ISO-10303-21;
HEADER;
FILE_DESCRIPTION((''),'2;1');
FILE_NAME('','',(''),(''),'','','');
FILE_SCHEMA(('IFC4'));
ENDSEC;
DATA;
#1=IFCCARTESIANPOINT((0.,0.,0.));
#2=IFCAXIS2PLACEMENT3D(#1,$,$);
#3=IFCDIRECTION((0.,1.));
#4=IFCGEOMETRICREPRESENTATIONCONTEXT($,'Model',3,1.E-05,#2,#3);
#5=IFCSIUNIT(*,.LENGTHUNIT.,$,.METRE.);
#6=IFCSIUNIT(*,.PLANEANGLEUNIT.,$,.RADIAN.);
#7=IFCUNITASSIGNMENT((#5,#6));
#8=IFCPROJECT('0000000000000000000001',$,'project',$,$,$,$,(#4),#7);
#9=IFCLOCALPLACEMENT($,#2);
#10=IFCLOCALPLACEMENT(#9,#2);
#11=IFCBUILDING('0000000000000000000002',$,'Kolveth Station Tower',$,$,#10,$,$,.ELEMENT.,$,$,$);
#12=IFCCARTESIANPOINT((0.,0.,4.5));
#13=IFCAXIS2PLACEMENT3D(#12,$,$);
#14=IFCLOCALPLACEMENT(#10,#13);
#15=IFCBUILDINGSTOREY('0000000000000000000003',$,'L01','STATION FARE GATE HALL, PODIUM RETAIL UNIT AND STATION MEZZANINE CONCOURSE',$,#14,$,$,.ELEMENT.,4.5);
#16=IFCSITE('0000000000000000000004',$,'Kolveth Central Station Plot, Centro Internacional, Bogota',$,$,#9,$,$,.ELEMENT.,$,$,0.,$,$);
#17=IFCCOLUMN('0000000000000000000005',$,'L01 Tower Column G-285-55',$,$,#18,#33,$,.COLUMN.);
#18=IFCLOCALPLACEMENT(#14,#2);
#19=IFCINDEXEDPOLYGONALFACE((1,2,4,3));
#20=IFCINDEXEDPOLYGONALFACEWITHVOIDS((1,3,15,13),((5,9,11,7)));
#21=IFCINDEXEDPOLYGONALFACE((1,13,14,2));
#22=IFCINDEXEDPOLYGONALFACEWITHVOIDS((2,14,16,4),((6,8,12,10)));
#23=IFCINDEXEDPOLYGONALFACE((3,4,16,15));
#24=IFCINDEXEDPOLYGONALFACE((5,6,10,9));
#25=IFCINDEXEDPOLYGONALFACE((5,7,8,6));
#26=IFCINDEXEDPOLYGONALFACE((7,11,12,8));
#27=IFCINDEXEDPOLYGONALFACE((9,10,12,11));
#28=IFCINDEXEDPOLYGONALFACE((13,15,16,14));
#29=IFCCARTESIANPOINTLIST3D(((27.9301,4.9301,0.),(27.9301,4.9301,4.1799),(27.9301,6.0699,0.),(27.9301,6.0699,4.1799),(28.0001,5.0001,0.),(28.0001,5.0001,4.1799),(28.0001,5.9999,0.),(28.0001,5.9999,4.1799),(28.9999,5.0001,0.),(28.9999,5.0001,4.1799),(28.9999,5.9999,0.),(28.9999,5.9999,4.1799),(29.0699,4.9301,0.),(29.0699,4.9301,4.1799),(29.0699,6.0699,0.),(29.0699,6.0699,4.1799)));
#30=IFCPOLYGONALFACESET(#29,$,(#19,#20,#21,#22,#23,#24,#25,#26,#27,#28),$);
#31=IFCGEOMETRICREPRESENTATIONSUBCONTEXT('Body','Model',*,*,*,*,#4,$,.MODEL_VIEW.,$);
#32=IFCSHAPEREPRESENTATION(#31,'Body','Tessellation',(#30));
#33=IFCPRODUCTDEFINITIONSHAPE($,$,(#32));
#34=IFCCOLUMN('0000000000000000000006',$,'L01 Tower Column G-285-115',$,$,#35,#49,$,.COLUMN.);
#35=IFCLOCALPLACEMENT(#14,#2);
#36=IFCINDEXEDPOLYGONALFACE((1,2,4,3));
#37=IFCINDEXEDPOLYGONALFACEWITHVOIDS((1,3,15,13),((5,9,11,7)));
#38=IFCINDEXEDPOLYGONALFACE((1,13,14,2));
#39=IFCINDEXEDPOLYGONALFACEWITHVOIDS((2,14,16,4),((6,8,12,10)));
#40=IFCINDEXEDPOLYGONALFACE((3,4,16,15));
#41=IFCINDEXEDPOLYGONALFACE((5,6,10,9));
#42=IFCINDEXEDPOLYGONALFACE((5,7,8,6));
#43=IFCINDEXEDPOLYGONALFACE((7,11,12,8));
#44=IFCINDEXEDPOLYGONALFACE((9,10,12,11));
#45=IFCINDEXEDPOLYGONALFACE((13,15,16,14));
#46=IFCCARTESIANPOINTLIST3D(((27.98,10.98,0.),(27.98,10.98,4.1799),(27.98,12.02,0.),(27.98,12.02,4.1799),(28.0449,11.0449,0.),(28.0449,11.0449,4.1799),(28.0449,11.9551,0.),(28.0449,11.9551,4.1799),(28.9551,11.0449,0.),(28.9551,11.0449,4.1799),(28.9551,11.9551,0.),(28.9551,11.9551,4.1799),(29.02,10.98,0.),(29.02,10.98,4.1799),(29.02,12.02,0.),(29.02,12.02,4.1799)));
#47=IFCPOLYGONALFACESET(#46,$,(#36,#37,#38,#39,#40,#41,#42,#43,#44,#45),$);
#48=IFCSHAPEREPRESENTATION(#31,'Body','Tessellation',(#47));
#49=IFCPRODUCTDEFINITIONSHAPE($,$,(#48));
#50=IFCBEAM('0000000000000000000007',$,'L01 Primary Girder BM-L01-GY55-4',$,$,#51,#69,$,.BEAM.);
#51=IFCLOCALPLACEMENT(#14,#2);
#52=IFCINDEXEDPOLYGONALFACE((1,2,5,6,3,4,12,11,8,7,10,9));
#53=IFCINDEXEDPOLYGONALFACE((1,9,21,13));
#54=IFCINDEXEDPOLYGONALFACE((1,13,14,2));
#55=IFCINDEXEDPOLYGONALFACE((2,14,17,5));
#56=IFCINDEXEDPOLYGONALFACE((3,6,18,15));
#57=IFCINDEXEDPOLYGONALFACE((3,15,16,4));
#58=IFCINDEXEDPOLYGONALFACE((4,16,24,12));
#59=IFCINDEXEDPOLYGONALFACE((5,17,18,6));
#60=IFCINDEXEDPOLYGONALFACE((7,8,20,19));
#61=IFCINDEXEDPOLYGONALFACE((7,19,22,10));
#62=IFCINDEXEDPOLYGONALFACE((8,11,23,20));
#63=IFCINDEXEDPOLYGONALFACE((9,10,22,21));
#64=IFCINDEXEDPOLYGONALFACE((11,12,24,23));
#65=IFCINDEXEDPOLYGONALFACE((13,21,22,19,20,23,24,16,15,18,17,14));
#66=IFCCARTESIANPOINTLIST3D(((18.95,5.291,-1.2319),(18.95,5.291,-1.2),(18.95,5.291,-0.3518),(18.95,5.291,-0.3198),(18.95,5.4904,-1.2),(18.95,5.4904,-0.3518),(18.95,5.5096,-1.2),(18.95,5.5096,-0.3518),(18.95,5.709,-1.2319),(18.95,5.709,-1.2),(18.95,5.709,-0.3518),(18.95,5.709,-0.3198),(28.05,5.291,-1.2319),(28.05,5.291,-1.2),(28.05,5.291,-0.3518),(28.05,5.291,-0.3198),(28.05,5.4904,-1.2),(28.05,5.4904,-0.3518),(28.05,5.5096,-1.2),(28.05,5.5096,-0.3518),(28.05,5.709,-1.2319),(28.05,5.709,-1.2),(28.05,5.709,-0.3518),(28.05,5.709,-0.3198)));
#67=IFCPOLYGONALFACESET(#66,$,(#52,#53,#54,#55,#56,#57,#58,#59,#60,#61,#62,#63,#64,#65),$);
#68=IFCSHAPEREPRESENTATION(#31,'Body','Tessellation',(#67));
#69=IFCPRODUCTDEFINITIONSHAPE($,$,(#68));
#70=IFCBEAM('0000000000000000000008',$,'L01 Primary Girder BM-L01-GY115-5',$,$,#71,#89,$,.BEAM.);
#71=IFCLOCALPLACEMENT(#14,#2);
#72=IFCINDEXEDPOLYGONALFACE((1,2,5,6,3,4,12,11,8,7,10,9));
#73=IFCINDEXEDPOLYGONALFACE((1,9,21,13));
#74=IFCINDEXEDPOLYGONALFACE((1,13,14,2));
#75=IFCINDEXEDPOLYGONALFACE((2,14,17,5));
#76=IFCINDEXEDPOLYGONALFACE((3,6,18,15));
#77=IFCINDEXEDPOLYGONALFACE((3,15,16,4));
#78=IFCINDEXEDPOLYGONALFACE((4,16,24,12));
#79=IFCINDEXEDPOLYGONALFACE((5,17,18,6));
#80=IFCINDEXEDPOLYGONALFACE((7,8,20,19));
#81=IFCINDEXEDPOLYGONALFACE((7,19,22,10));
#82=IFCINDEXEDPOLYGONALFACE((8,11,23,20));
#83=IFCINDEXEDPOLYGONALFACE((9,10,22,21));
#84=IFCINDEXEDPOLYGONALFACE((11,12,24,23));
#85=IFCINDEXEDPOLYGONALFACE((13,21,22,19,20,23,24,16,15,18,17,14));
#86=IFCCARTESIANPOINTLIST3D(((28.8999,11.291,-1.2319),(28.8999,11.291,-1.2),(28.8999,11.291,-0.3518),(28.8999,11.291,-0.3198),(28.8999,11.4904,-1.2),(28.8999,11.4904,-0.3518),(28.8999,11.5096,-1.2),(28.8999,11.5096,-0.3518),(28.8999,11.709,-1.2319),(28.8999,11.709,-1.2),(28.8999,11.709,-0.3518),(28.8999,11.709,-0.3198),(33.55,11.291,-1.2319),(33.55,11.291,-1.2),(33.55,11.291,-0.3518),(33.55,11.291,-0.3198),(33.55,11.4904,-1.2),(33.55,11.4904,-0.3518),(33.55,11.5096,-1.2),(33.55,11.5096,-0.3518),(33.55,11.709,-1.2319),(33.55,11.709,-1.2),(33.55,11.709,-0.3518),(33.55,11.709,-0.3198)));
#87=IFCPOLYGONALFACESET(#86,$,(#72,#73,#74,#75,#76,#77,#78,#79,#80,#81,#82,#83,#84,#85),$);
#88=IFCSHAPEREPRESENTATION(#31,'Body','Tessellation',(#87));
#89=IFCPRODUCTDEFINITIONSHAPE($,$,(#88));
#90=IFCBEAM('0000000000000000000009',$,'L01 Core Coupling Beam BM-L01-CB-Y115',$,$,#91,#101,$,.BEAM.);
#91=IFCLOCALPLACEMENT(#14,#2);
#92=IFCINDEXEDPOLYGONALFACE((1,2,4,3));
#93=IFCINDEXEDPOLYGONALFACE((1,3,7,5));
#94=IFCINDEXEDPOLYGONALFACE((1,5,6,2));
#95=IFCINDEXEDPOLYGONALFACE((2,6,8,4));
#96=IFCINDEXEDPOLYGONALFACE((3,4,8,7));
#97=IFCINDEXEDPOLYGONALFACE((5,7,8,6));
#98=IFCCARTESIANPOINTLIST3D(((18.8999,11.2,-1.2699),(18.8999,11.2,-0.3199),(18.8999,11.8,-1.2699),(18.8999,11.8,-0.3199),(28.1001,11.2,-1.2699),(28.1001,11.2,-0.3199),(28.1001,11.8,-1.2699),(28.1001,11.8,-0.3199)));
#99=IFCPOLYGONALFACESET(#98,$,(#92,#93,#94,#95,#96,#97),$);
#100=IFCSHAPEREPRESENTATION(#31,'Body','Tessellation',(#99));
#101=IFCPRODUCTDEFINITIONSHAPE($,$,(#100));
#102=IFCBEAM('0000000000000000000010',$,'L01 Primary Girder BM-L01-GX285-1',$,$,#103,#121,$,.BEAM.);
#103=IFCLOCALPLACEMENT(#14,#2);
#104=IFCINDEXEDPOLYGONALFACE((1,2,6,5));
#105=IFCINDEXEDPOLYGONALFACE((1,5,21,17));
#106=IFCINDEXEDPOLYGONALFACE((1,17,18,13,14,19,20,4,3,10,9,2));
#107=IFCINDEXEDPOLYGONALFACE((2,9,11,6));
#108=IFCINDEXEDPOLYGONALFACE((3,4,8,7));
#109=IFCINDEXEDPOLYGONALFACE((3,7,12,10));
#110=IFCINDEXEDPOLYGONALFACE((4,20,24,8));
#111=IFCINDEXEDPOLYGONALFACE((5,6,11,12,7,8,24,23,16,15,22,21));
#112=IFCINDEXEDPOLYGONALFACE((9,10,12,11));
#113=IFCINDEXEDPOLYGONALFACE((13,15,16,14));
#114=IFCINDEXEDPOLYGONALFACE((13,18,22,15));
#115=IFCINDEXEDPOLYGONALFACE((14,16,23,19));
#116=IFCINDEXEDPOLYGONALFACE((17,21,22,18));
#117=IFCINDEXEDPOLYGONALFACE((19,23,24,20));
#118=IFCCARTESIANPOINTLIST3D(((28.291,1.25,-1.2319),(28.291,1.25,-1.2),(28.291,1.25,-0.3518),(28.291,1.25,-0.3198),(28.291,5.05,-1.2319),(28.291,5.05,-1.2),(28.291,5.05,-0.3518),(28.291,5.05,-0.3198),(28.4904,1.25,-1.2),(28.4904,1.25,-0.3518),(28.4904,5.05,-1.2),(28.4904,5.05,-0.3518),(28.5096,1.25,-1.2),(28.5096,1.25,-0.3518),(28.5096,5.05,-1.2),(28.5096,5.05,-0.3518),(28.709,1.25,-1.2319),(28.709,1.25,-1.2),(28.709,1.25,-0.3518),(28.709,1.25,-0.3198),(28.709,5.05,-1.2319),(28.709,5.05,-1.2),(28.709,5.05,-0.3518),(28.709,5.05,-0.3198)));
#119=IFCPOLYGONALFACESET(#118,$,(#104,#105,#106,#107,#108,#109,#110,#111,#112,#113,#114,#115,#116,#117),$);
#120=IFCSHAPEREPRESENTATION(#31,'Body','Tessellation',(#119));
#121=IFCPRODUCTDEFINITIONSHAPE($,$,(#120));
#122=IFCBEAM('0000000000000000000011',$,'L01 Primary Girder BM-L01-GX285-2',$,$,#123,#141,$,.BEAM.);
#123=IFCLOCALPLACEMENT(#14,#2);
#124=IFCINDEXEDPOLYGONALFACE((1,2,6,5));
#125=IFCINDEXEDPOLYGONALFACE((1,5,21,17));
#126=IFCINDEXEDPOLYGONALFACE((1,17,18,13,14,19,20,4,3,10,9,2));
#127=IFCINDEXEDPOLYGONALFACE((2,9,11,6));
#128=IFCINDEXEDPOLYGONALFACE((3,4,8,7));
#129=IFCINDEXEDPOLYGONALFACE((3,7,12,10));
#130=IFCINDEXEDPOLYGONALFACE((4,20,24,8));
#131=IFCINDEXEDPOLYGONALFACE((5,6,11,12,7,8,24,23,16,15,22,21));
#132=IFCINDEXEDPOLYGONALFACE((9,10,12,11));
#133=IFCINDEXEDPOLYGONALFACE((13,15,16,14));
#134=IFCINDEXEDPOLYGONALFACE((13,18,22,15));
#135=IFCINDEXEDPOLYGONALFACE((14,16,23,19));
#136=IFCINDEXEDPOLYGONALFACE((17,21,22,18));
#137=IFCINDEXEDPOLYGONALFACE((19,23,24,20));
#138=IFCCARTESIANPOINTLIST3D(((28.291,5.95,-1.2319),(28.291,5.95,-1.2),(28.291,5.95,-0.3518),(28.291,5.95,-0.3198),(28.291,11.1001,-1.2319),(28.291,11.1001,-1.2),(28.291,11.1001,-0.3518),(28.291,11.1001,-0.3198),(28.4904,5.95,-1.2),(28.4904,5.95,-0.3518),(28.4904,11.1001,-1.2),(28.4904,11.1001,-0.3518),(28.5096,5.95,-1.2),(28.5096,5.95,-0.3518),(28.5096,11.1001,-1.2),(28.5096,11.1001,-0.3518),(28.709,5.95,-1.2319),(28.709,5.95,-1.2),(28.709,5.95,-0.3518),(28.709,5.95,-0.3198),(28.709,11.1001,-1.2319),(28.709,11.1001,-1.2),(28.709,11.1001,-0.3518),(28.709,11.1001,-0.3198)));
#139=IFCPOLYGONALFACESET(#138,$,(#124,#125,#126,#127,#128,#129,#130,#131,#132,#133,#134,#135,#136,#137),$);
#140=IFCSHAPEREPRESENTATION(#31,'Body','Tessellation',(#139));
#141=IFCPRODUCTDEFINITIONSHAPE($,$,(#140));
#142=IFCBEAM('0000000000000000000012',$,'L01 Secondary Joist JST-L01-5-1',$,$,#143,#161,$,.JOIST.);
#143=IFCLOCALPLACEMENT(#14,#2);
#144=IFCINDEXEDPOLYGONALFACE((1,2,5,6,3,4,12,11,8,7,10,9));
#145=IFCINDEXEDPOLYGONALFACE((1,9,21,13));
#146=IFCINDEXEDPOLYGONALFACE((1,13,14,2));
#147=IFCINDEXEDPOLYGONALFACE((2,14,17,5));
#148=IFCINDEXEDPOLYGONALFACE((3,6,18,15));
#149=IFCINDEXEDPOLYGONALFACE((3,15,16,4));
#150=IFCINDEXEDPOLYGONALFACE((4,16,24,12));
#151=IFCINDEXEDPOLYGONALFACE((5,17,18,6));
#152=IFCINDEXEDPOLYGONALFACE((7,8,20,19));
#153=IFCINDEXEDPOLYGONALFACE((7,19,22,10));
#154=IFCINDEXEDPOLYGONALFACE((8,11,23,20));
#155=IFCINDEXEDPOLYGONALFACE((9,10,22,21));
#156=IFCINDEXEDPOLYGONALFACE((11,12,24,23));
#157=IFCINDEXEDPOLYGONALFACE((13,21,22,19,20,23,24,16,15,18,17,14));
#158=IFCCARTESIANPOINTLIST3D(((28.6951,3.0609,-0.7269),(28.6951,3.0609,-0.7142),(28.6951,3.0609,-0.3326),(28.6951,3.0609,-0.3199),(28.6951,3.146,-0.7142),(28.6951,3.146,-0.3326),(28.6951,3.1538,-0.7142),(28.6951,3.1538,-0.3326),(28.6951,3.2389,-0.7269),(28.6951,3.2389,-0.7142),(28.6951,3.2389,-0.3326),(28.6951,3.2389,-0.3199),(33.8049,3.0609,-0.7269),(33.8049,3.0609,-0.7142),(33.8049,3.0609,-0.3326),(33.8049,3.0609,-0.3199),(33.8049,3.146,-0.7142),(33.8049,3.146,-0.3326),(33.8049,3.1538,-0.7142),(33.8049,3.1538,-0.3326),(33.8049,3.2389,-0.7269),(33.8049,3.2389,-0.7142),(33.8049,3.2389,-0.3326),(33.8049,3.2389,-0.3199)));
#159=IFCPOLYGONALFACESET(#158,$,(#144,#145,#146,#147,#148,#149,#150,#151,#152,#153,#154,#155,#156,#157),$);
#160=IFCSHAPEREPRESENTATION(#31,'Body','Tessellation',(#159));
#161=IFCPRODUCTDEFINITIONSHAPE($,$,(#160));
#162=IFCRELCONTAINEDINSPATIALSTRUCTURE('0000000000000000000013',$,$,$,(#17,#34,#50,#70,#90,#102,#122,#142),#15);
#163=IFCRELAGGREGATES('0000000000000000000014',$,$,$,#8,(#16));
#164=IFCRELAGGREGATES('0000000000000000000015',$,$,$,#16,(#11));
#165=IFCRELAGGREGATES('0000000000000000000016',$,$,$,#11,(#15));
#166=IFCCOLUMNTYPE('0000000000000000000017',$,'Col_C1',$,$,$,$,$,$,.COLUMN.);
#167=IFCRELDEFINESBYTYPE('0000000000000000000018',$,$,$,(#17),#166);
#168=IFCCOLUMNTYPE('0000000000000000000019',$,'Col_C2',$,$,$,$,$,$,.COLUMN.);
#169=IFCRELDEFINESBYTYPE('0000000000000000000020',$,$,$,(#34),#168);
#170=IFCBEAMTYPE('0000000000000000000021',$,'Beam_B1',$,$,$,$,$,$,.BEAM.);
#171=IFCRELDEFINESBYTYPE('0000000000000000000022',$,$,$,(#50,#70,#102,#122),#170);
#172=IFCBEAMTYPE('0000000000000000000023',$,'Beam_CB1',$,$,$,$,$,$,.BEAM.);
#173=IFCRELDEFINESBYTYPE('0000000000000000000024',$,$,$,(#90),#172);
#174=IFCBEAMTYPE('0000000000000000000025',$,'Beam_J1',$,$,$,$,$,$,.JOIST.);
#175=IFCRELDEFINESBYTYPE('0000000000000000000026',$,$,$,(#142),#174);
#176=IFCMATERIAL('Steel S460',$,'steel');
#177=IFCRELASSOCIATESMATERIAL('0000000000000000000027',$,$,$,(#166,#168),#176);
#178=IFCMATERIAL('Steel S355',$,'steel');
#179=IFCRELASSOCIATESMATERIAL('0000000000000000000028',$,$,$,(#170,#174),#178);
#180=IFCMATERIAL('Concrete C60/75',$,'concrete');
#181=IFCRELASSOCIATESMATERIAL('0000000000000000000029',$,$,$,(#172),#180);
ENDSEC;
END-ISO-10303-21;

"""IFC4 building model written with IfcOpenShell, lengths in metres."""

from ifc_helpers import new_model, si_unit, direction, frame, origin, origin_2d, place, context, subcontext, project, spatial, rectangle, hollow_rectangle, i_section, extrude, source, transform, mapped, material, material_profile, profile_set, type_object, element, save


model = new_model("IFC4")

# Units and contexts
model_context = context("Model", 3, precision=1e-05, world=origin(), true_north=direction((0.0, 1.0)))
body_context = subcontext(model_context, "Body", "Model", "MODEL_VIEW")
ifc_project = project(units=[si_unit("LENGTHUNIT", "METRE"), si_unit("PLANEANGLEUNIT", "RADIAN")], contexts=[model_context])

# Site, building, storey
site_placement = place(None, origin())
site = spatial("IfcSite", under=ifc_project, at=site_placement, Name="Kolveth Central Station Plot, Centro Internacional, Bogota", CompositionType="ELEMENT", RefElevation=0.0)
building_placement = place(site_placement, origin())
building = spatial("IfcBuilding", under=site, at=building_placement, Name="Kolveth Station Tower", CompositionType="ELEMENT")
storey_placement = place(building_placement, frame((0.0, 0.0, 4.5)))
storey = spatial("IfcBuildingStorey", under=building, at=storey_placement, Name="L01", Description="STATION FARE GATE HALL, PODIUM RETAIL UNIT AND STATION MEZZANINE CONCOURSE", CompositionType="ELEMENT", Elevation=4.5)

# Columns
ifc_material_1 = material(Name="Steel S460", Category="steel")
ifc_material_profile_1 = material_profile(ifc_material_1, hollow_rectangle(XDim=1.1399, YDim=1.1399, WallThickness=0.0701, at=origin_2d()), Name="BOX1140x1140x70")
ifc_profile_set_1 = profile_set([ifc_material_profile_1], Name="Steel S460")
column_type_1 = type_object("IfcColumnType", Name="Col_C1", PredefinedType="COLUMN", material=ifc_profile_set_1)
shared_shape_1 = source(origin(), body_context, "Body", "SweptSolid", [
    extrude(hollow_rectangle(XDim=1.1399, YDim=1.1399, WallThickness=0.0701, at=origin_2d()), origin(), (0.0, 0.0, 1.0), 4.1799),
])
column_1_placement = place(storey_placement, frame((28.5, 5.5, 0.0), z_axis=(0.0, 0.0, 1.0), x_axis=(1.0, 0.0, 0.0)))
element("IfcColumn", 1, at=column_1_placement, inside=storey, type_object=column_type_1, Name="L01 Tower Column G-285-55", PredefinedType="COLUMN", context=body_context, shape_type="MappedRepresentation", body=[
    mapped(shared_shape_1, transform((0.0, 0.0, 0.0), x_axis=(1.0, 0.0, 0.0), y_axis=(0.0, 1.0, 0.0), z_axis=(0.0, 0.0, 1.0), scale=1.0)),
])
ifc_material_profile_2 = material_profile(ifc_material_1, hollow_rectangle(XDim=1.04, YDim=1.04, WallThickness=0.0649, at=origin_2d()), Name="BOX1040x1040x65")
ifc_profile_set_2 = profile_set([ifc_material_profile_2], Name="Steel S460")
column_type_2 = type_object("IfcColumnType", Name="Col_C2", PredefinedType="COLUMN", material=ifc_profile_set_2)
shared_shape_2 = source(origin(), body_context, "Body", "SweptSolid", [
    extrude(hollow_rectangle(XDim=1.04, YDim=1.04, WallThickness=0.0649, at=origin_2d()), origin(), (0.0, 0.0, 1.0), 4.1799),
])
column_2_placement = place(storey_placement, frame((28.5, 11.5, 0.0), z_axis=(0.0, 0.0, 1.0), x_axis=(1.0, 0.0, 0.0)))
element("IfcColumn", 2, at=column_2_placement, inside=storey, type_object=column_type_2, Name="L01 Tower Column G-285-115", PredefinedType="COLUMN", context=body_context, shape_type="MappedRepresentation", body=[
    mapped(shared_shape_2, transform((0.0, 0.0, 0.0), x_axis=(1.0, 0.0, 0.0), y_axis=(0.0, 1.0, 0.0), z_axis=(0.0, 0.0, 1.0), scale=1.0)),
])

# Beams
ifc_material_2 = material(Name="Steel S355", Category="steel")
ifc_material_profile_3 = material_profile(ifc_material_2, i_section(OverallWidth=0.418, OverallDepth=0.9121, WebThickness=0.0193, FlangeThickness=0.032, at=origin_2d()), Name="W920x342")
ifc_profile_set_3 = profile_set([ifc_material_profile_3], Name="Steel S355")
beam_type_1 = type_object("IfcBeamType", Name="Beam_B1", PredefinedType="BEAM", material=ifc_profile_set_3)
shared_shape_3 = source(origin(), body_context, "Body", "SweptSolid", [
    extrude(i_section(OverallWidth=0.418, OverallDepth=0.9121, WebThickness=0.0193, FlangeThickness=0.032, at=origin_2d()), origin(), (0.0, 0.0, 1.0), 9.1001),
])
beam_1_placement = place(storey_placement, frame((18.95, 5.5, -0.7759), z_axis=(1.0, 0.0, 0.0), x_axis=(0.0, 1.0, 0.0)))
element("IfcBeam", 3, at=beam_1_placement, inside=storey, type_object=beam_type_1, Name="L01 Primary Girder BM-L01-GY55-4", PredefinedType="BEAM", context=body_context, shape_type="MappedRepresentation", body=[
    mapped(shared_shape_3, transform((0.0, 0.0, 0.0), x_axis=(1.0, 0.0, 0.0), y_axis=(0.0, 1.0, 0.0), z_axis=(0.0, 0.0, 1.0), scale=1.0)),
])
shared_shape_4 = source(origin(), body_context, "Body", "SweptSolid", [
    extrude(i_section(OverallWidth=0.418, OverallDepth=0.9121, WebThickness=0.0193, FlangeThickness=0.032, at=origin_2d()), origin(), (0.0, 0.0, 1.0), 4.6501),
])
beam_2_placement = place(storey_placement, frame((28.8999, 11.5, -0.7759), z_axis=(1.0, 0.0, 0.0), x_axis=(0.0, 1.0, 0.0)))
element("IfcBeam", 4, at=beam_2_placement, inside=storey, type_object=beam_type_1, Name="L01 Primary Girder BM-L01-GY115-5", PredefinedType="BEAM", context=body_context, shape_type="MappedRepresentation", body=[
    mapped(shared_shape_4, transform((0.0, 0.0, 0.0), x_axis=(1.0, 0.0, 0.0), y_axis=(0.0, 1.0, 0.0), z_axis=(0.0, 0.0, 1.0), scale=1.0)),
])
ifc_material_3 = material(Name="Concrete C60/75", Category="concrete")
ifc_material_profile_4 = material_profile(ifc_material_3, rectangle(XDim=0.6001, YDim=0.95, at=origin_2d()), Name="RC-600x950")
ifc_profile_set_4 = profile_set([ifc_material_profile_4], Name="Concrete C60/75")
beam_type_2 = type_object("IfcBeamType", Name="Beam_CB1", PredefinedType="BEAM", material=ifc_profile_set_4)
shared_shape_5 = source(origin(), body_context, "Body", "SweptSolid", [
    extrude(rectangle(XDim=0.6001, YDim=0.95, at=origin_2d()), origin(), (0.0, 0.0, 1.0), 9.2002),
])
beam_3_placement = place(storey_placement, frame((18.8999, 11.5, -0.7949), z_axis=(1.0, 0.0, 0.0), x_axis=(0.0, 1.0, 0.0)))
element("IfcBeam", 5, at=beam_3_placement, inside=storey, type_object=beam_type_2, Name="L01 Core Coupling Beam BM-L01-CB-Y115", PredefinedType="BEAM", context=body_context, shape_type="MappedRepresentation", body=[
    mapped(shared_shape_5, transform((0.0, 0.0, 0.0), x_axis=(1.0, 0.0, 0.0), y_axis=(0.0, 1.0, 0.0), z_axis=(0.0, 0.0, 1.0), scale=1.0)),
])
shared_shape_6 = source(origin(), body_context, "Body", "SweptSolid", [
    extrude(i_section(OverallWidth=0.418, OverallDepth=0.9121, WebThickness=0.0193, FlangeThickness=0.032, at=origin_2d()), origin(), (0.0, 0.0, 1.0), 3.8),
])
beam_4_placement = place(storey_placement, frame((28.5, 1.25, -0.7759), z_axis=(0.0, 1.0, 0.0), x_axis=(-1.0, 0.0, 0.0)))
element("IfcBeam", 6, at=beam_4_placement, inside=storey, type_object=beam_type_1, Name="L01 Primary Girder BM-L01-GX285-1", PredefinedType="BEAM", context=body_context, shape_type="MappedRepresentation", body=[
    mapped(shared_shape_6, transform((0.0, 0.0, 0.0), x_axis=(1.0, 0.0, 0.0), y_axis=(0.0, 1.0, 0.0), z_axis=(0.0, 0.0, 1.0), scale=1.0)),
])
shared_shape_7 = source(origin(), body_context, "Body", "SweptSolid", [
    extrude(i_section(OverallWidth=0.418, OverallDepth=0.9121, WebThickness=0.0193, FlangeThickness=0.032, at=origin_2d()), origin(), (0.0, 0.0, 1.0), 5.1501),
])
beam_5_placement = place(storey_placement, frame((28.5, 5.95, -0.7759), z_axis=(0.0, 1.0, 0.0), x_axis=(-1.0, 0.0, 0.0)))
element("IfcBeam", 7, at=beam_5_placement, inside=storey, type_object=beam_type_1, Name="L01 Primary Girder BM-L01-GX285-2", PredefinedType="BEAM", context=body_context, shape_type="MappedRepresentation", body=[
    mapped(shared_shape_7, transform((0.0, 0.0, 0.0), x_axis=(1.0, 0.0, 0.0), y_axis=(0.0, 1.0, 0.0), z_axis=(0.0, 0.0, 1.0), scale=1.0)),
])
ifc_material_profile_5 = material_profile(ifc_material_2, i_section(OverallWidth=0.178, OverallDepth=0.407, WebThickness=0.0078, FlangeThickness=0.0127, at=origin_2d()), Name="W410x60")
ifc_profile_set_5 = profile_set([ifc_material_profile_5], Name="Steel S355")
beam_type_3 = type_object("IfcBeamType", Name="Beam_J1", PredefinedType="JOIST", material=ifc_profile_set_5)
shared_shape_8 = source(origin(), body_context, "Body", "SweptSolid", [
    extrude(i_section(OverallWidth=0.178, OverallDepth=0.407, WebThickness=0.0078, FlangeThickness=0.0127, at=origin_2d()), origin(), (0.0, 0.0, 1.0), 5.1099),
])
for number, where, z_axis, x_axis, name in (
    (8, (28.6951, 3.1499, -0.5234), (1.0, 0.0, 0.0), (0.0, 1.0, 0.0), "L01 Secondary Joist JST-L01-5-1"),
):
    element("IfcBeam", number, at=place(storey_placement, frame(where, z_axis=z_axis, x_axis=x_axis)), inside=storey, type_object=beam_type_3, Name=name, PredefinedType="JOIST", context=body_context, shape_type="MappedRepresentation", body=[
        mapped(shared_shape_8, transform((0.0, 0.0, 0.0), x_axis=(1.0, 0.0, 0.0), y_axis=(0.0, 1.0, 0.0), z_axis=(0.0, 0.0, 1.0), scale=1.0)),
    ])

save(model, "model.ifc")
